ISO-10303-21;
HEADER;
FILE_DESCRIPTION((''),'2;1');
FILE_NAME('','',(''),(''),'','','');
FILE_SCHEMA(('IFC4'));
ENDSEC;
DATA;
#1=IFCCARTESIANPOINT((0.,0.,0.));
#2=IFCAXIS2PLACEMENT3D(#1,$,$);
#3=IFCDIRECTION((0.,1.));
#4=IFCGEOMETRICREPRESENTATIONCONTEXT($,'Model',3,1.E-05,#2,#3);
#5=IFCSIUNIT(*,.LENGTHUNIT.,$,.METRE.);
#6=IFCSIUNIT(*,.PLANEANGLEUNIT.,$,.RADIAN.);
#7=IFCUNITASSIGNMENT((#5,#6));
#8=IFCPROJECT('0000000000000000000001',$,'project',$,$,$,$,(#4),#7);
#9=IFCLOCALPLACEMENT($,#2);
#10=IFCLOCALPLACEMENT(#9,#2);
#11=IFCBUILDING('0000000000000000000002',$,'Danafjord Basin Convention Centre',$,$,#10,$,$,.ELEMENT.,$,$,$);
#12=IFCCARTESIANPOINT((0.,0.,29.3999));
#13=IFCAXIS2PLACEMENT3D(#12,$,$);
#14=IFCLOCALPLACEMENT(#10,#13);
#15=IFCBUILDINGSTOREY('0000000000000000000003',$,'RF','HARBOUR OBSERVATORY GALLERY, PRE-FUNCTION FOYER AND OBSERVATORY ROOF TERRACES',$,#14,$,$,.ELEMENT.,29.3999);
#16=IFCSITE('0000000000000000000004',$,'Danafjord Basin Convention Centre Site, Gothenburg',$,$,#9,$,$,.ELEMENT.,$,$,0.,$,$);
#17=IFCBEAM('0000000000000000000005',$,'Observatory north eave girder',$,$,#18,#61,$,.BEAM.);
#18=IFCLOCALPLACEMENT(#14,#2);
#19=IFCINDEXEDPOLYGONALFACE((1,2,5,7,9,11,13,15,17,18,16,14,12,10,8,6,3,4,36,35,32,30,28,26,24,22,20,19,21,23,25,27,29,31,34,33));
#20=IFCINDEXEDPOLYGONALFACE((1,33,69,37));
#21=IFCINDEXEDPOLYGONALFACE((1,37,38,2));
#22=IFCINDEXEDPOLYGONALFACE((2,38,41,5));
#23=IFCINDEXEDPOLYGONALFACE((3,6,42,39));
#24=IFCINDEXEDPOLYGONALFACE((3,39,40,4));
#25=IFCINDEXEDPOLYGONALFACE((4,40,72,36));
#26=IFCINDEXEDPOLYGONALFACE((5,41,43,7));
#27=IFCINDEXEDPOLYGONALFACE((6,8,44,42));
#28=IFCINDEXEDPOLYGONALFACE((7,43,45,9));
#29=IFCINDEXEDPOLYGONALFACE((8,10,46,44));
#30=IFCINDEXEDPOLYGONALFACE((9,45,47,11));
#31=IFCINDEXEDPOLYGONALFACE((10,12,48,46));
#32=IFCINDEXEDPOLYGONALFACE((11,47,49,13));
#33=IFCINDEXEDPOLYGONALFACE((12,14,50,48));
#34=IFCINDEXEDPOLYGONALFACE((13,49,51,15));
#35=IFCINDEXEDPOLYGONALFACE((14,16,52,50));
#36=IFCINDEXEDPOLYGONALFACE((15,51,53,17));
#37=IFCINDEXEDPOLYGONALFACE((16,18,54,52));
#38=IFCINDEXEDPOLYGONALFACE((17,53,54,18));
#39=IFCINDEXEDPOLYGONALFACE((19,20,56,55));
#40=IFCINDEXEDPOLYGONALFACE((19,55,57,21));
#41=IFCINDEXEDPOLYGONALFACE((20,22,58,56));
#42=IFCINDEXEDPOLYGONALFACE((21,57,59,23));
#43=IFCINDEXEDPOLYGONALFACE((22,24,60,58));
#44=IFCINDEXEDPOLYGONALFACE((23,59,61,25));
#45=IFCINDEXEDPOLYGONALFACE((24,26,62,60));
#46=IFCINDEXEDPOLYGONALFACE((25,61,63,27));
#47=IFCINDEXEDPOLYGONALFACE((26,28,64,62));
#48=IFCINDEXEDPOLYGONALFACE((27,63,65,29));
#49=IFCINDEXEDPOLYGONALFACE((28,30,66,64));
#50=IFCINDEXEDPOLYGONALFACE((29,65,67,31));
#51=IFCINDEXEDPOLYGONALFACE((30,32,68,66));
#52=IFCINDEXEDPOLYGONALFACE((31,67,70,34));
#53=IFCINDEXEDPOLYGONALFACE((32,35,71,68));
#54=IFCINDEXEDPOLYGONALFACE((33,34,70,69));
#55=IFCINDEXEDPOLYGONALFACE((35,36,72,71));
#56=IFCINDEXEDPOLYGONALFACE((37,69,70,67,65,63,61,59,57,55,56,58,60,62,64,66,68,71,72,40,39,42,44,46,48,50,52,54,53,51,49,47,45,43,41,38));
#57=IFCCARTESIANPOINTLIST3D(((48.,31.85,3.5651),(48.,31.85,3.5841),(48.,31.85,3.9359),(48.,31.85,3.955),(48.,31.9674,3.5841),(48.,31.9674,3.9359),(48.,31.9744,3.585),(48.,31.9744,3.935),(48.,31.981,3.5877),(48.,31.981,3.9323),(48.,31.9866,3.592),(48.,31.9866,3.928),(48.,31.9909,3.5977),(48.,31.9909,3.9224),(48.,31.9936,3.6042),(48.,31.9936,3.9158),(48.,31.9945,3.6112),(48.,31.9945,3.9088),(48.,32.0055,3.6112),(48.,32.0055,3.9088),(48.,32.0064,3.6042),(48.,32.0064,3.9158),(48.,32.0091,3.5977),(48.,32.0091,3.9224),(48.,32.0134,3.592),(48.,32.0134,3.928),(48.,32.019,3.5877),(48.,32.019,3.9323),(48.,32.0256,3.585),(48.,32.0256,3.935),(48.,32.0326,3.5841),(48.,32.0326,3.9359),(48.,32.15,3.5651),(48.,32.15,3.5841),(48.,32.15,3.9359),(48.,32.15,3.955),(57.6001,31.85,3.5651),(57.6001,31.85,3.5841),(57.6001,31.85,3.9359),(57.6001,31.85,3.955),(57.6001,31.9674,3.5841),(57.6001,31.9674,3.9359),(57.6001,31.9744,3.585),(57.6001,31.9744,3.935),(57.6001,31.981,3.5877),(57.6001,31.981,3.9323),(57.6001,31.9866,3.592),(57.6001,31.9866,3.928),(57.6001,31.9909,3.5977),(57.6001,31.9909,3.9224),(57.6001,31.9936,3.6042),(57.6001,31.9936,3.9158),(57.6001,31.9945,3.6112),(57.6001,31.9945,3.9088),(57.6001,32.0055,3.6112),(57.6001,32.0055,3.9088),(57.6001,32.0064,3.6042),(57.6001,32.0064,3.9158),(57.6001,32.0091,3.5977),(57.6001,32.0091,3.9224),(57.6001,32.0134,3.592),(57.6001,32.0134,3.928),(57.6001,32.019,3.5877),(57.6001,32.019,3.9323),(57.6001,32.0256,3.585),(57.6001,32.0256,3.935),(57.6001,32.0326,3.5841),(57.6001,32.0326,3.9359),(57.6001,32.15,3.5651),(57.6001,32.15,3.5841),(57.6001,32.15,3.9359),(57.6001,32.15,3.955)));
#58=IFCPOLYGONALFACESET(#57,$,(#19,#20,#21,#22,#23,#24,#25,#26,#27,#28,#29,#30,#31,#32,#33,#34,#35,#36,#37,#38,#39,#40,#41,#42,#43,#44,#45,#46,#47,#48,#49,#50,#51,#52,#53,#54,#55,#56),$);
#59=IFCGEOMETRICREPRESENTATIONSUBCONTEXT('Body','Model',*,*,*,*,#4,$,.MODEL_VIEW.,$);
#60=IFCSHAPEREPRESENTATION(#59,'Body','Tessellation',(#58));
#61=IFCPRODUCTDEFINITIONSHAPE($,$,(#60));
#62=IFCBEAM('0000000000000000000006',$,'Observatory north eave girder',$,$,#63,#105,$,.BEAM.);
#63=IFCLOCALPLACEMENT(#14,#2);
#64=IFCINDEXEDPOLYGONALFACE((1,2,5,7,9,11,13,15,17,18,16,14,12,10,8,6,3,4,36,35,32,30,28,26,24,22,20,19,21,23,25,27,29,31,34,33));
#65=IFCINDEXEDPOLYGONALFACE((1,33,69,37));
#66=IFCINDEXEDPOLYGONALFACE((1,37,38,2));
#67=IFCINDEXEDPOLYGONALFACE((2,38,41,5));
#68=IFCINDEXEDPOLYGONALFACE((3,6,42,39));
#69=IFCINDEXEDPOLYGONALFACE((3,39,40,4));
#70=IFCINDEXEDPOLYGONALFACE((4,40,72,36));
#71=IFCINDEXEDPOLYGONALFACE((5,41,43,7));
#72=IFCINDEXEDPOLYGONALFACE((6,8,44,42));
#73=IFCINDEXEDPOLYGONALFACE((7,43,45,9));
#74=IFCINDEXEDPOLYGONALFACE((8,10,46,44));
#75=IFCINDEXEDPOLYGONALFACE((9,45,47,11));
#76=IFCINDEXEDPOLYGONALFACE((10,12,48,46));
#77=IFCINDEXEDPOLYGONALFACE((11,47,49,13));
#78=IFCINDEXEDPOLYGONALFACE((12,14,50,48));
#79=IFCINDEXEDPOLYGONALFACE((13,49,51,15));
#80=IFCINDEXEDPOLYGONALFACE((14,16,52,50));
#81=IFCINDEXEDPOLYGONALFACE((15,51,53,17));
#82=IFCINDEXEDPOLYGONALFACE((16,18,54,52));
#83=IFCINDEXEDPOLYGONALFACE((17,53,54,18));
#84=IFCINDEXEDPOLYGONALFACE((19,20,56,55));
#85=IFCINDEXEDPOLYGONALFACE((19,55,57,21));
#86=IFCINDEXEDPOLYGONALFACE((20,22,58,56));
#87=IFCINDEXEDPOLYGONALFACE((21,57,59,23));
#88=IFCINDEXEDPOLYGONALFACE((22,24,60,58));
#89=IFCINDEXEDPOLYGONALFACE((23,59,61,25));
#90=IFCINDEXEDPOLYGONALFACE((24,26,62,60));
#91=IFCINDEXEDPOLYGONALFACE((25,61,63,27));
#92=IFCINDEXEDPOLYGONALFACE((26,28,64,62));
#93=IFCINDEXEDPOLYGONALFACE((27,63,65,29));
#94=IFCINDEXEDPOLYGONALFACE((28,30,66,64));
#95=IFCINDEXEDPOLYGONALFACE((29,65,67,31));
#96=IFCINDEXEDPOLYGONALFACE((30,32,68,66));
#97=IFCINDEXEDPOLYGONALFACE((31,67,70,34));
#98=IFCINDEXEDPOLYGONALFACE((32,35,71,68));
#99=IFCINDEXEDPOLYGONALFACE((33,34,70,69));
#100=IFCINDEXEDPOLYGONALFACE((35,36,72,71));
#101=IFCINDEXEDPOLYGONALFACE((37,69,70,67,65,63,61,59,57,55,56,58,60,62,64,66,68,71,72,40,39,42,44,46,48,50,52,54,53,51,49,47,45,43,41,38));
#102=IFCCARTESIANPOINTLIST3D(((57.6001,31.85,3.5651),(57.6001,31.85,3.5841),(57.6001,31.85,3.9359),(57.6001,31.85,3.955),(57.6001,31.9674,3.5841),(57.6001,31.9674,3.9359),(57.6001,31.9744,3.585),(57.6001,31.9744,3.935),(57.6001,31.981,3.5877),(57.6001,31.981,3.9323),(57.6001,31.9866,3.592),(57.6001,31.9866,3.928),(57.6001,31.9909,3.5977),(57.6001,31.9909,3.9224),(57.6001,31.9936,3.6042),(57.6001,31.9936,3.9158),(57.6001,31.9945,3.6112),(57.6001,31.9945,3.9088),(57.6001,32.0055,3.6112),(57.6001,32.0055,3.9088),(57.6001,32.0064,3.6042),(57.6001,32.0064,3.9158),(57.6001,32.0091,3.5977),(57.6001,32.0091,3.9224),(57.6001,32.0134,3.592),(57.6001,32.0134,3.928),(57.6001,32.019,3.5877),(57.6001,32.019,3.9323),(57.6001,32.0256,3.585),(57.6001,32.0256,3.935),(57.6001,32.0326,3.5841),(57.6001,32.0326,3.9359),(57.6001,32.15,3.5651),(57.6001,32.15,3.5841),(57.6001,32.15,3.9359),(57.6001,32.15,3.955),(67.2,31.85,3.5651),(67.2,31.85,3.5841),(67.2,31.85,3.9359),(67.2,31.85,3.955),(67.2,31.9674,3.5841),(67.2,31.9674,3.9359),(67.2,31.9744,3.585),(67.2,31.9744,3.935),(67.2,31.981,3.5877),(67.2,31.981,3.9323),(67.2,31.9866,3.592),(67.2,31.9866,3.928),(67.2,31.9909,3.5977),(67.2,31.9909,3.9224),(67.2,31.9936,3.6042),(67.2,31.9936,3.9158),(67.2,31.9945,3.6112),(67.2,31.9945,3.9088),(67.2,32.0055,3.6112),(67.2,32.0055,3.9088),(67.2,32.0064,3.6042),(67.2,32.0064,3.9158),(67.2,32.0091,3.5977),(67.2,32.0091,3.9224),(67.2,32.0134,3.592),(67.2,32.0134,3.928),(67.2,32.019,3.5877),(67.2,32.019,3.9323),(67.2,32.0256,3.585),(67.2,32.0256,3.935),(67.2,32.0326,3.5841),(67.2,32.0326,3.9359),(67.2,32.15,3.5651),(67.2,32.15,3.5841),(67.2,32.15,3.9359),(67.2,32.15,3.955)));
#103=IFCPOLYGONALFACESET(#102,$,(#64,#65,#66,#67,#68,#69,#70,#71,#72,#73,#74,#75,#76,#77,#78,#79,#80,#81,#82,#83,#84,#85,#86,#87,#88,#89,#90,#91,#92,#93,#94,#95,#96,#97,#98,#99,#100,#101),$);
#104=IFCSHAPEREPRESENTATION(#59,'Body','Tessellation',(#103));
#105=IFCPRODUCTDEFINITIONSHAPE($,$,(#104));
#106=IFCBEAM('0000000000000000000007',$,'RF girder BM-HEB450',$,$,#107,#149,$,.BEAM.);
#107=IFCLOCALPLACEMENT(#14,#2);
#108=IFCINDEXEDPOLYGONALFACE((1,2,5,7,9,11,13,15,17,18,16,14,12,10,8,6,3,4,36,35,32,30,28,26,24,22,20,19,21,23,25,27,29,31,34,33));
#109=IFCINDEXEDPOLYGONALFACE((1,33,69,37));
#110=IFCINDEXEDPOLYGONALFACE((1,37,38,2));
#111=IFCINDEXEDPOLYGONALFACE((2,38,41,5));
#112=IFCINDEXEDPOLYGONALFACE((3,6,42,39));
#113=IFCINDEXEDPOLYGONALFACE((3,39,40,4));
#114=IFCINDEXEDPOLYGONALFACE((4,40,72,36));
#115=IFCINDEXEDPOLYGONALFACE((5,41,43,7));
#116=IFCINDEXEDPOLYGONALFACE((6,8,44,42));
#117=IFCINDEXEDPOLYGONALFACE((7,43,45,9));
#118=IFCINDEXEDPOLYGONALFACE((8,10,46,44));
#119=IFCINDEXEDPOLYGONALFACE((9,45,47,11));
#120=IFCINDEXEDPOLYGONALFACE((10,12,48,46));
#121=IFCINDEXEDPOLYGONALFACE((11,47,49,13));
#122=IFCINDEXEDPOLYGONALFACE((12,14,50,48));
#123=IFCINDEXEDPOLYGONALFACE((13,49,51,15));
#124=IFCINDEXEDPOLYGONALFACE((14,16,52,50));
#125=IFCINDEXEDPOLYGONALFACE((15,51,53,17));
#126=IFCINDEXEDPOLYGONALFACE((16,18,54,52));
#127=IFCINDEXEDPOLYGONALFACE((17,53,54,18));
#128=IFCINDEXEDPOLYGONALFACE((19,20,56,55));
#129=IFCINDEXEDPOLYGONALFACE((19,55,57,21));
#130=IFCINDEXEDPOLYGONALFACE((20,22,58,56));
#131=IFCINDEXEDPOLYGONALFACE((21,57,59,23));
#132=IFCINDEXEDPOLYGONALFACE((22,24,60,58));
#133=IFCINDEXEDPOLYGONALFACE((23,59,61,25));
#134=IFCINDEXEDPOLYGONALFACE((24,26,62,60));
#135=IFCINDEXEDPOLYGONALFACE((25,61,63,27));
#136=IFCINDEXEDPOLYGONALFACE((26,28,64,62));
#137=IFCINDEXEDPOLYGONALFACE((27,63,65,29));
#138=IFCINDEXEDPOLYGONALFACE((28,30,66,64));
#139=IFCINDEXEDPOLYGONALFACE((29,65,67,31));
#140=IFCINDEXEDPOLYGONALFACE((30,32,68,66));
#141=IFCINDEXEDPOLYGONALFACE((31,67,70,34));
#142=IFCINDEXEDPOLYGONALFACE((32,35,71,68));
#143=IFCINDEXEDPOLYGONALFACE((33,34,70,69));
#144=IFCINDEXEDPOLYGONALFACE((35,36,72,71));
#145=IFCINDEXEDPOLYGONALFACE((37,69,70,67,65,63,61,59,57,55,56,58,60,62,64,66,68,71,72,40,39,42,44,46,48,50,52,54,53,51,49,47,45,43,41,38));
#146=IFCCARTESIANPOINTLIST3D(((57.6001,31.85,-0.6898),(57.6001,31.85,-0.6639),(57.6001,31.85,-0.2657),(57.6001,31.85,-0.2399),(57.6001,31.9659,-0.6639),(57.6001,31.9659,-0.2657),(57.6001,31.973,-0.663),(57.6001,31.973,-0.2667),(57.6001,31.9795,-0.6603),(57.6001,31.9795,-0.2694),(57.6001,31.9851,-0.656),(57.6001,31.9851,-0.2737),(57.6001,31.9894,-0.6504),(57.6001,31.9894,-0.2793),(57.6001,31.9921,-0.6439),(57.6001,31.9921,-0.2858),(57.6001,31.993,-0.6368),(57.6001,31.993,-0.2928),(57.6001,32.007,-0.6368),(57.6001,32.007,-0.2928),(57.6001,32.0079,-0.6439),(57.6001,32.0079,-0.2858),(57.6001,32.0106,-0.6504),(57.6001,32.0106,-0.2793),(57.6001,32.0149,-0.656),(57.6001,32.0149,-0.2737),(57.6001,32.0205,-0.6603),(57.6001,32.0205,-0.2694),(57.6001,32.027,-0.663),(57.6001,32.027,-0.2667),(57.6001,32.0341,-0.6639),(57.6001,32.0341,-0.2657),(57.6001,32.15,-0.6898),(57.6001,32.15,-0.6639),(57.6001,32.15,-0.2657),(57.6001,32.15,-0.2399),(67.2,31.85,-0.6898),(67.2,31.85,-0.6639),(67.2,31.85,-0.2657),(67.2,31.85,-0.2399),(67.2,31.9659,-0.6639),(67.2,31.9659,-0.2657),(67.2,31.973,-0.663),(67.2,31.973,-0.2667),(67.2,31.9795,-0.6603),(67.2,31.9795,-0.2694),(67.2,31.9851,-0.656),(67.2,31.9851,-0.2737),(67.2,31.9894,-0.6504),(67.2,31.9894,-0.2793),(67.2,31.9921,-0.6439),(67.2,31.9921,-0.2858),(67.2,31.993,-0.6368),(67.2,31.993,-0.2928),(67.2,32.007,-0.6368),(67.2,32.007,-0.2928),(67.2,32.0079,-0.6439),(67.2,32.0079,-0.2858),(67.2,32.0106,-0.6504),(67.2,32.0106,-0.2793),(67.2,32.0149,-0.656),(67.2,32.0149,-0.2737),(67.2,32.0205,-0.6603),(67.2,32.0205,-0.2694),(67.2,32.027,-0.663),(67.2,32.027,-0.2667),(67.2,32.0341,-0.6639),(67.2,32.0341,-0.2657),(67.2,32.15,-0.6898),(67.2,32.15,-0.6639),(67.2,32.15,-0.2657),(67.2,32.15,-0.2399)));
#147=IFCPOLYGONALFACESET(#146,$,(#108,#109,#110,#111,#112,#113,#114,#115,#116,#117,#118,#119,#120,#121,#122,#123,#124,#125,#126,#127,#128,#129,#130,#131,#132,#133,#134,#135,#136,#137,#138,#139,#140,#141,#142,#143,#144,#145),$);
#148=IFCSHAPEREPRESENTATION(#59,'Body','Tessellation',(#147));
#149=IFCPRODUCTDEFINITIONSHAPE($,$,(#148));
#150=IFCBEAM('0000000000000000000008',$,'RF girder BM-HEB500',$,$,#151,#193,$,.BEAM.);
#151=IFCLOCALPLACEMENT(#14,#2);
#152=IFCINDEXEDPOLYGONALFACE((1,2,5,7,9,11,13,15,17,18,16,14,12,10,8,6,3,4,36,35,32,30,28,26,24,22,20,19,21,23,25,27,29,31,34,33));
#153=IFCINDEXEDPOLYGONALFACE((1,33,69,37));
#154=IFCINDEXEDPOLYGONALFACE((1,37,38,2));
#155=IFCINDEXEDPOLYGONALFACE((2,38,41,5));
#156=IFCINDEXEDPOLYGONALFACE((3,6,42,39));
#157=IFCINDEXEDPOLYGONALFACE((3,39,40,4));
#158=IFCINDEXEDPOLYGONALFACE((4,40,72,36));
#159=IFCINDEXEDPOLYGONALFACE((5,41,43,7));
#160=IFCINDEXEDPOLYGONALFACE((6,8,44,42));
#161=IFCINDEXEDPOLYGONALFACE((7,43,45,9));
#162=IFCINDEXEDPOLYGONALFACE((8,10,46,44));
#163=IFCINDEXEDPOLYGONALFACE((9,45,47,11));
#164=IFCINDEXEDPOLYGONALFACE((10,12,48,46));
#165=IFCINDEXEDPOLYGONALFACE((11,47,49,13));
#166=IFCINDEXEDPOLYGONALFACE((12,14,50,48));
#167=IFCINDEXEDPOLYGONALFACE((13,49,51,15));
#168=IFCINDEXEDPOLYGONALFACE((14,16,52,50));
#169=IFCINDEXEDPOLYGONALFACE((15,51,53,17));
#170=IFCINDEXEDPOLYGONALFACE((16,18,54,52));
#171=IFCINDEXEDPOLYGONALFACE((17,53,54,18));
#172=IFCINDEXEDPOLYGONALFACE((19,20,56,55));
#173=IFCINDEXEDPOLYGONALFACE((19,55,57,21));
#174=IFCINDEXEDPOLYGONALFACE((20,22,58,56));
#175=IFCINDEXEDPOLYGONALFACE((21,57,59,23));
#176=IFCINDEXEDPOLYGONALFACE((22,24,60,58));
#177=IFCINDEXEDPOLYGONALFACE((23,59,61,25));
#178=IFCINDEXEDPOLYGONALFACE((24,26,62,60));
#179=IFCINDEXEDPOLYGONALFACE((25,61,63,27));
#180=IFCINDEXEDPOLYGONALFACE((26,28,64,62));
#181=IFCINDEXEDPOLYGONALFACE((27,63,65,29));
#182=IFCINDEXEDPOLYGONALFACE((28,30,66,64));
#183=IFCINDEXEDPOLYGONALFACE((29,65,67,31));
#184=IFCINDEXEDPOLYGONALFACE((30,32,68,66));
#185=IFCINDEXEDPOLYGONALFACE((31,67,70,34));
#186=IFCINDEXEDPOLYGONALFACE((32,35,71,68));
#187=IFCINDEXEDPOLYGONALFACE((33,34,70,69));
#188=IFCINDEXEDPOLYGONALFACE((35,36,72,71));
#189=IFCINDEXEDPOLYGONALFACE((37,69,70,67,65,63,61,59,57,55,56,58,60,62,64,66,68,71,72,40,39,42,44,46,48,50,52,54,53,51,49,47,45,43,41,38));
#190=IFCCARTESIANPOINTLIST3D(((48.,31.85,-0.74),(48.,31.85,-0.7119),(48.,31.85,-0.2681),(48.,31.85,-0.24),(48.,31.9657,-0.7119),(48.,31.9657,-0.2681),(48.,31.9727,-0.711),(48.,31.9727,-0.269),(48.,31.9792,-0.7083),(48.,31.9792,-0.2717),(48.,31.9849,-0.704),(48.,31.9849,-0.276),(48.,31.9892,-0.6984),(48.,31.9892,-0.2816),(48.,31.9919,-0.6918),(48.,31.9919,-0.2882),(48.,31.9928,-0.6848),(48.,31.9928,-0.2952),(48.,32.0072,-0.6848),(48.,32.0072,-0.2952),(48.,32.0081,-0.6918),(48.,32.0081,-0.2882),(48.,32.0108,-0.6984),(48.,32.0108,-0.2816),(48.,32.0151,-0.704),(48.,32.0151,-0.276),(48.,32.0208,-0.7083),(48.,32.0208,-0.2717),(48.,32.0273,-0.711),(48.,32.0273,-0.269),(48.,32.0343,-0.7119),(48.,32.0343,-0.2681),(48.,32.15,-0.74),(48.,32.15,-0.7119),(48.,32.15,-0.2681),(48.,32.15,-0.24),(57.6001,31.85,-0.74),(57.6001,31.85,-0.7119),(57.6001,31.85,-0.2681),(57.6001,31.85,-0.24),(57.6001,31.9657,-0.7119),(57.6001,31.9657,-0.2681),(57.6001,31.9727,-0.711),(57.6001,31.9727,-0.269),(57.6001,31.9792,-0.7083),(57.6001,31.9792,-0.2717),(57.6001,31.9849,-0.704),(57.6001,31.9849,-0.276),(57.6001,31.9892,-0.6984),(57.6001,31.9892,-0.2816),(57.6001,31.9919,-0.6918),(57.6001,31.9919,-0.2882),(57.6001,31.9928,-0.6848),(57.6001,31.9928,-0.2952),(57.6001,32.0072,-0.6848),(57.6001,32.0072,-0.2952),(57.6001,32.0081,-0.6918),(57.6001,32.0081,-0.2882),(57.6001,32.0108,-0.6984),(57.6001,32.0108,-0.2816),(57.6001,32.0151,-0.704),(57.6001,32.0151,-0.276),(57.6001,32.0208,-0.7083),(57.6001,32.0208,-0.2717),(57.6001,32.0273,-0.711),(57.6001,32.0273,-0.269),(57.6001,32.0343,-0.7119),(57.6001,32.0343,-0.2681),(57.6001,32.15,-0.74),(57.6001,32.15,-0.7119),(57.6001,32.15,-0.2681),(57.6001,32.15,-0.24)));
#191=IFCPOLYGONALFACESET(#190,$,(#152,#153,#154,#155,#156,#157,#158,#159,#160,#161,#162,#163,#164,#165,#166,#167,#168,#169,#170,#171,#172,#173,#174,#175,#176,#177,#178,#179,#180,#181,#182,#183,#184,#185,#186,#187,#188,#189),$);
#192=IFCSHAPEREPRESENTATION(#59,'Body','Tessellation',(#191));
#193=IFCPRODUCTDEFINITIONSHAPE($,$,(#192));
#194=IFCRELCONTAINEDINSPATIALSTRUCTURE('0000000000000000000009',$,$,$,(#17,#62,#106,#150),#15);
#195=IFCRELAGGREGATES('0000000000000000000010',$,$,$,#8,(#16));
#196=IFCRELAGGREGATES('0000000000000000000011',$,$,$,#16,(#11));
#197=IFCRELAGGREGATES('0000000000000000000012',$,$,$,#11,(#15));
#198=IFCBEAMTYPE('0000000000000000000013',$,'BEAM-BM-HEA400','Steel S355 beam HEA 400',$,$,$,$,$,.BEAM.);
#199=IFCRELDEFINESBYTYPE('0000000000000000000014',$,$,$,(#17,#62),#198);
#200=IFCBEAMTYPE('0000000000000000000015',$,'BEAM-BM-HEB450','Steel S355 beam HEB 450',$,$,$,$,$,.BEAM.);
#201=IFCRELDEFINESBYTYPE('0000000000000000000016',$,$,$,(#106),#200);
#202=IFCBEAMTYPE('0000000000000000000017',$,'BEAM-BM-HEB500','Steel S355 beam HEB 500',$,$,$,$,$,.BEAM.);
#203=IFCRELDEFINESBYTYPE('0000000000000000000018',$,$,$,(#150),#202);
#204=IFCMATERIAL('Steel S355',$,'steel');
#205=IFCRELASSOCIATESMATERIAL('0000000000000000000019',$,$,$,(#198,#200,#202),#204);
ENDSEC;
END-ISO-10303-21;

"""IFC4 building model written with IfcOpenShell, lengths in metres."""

from ifc_helpers import new_model, si_unit, direction, frame, origin, origin_2d, place, context, subcontext, project, spatial, i_section, extrude, material, material_profile, profile_set, type_object, element, save


model = new_model("IFC4")

# Units and contexts
model_context = context("Model", 3, precision=1e-05, world=origin(), true_north=direction((0.0, 1.0)))
body_context = subcontext(model_context, "Body", "Model", "MODEL_VIEW")
ifc_project = project(units=[si_unit("LENGTHUNIT", "METRE"), si_unit("PLANEANGLEUNIT", "RADIAN")], contexts=[model_context])

# Site, building, storey
site_placement = place(None, origin())
site = spatial("IfcSite", under=ifc_project, at=site_placement, Name="Danafjord Basin Convention Centre Site, Gothenburg", CompositionType="ELEMENT", RefElevation=0.0)
building_placement = place(site_placement, origin())
building = spatial("IfcBuilding", under=site, at=building_placement, Name="Danafjord Basin Convention Centre", CompositionType="ELEMENT")
storey_placement = place(building_placement, frame((0.0, 0.0, 29.3999)))
storey = spatial("IfcBuildingStorey", under=building, at=storey_placement, Name="RF", Description="HARBOUR OBSERVATORY GALLERY, PRE-FUNCTION FOYER AND OBSERVATORY ROOF TERRACES", CompositionType="ELEMENT", Elevation=29.3999)

# Shared definitions
ifc_material_1 = material(Name="Steel S355", Category="steel")

# Beams
ifc_material_profile_1 = material_profile(ifc_material_1, i_section(OverallWidth=0.3, OverallDepth=0.3899, WebThickness=0.011, FlangeThickness=0.019, FilletRadius=0.0271, at=origin_2d()), Name="HEA 400")
ifc_profile_set_1 = profile_set([ifc_material_profile_1], Name="Steel S355")
beam_type_1 = type_object("IfcBeamType", Name="BEAM-BM-HEA400", Description="Steel S355 beam HEA 400", PredefinedType="BEAM", material=ifc_profile_set_1)
for number, where, z_axis, x_axis, name in (
    (1, (48.0, 32.0, 3.76), (1.0, 0.0, 0.0), (0.0, 1.0, 0.0), "Observatory north eave girder"),
):
    element("IfcBeam", number, at=place(storey_placement, frame(where, z_axis=z_axis, x_axis=x_axis)), inside=storey, type_object=beam_type_1, Name=name, PredefinedType="BEAM", context=body_context, shape_type="SweptSolid", body=[
        extrude(i_section(OverallWidth=0.3, OverallDepth=0.3899, WebThickness=0.011, FlangeThickness=0.019, FilletRadius=0.0271, at=origin_2d()), origin(), (0.0, 0.0, 1.0), 9.6001),
    ])
beam_1_placement = place(storey_placement, frame((57.6001, 32.0, 3.76), z_axis=(1.0, 0.0, 0.0), x_axis=(0.0, 1.0, 0.0)))
element("IfcBeam", 2, at=beam_1_placement, inside=storey, type_object=beam_type_1, Name="Observatory north eave girder", PredefinedType="BEAM", context=body_context, shape_type="SweptSolid", body=[
    extrude(i_section(OverallWidth=0.3, OverallDepth=0.3899, WebThickness=0.011, FlangeThickness=0.019, FilletRadius=0.0271, at=origin_2d()), origin(), (0.0, 0.0, 1.0), 9.5999),
])
ifc_material_profile_2 = material_profile(ifc_material_1, i_section(OverallWidth=0.3, OverallDepth=0.45, WebThickness=0.0139, FlangeThickness=0.0259, FilletRadius=0.0271, at=origin_2d()), Name="HEB 450")
ifc_profile_set_2 = profile_set([ifc_material_profile_2], Name="Steel S355")
beam_type_2 = type_object("IfcBeamType", Name="BEAM-BM-HEB450", Description="Steel S355 beam HEB 450", PredefinedType="BEAM", material=ifc_profile_set_2)
beam_2_placement = place(storey_placement, frame((57.6001, 32.0, -0.4648), z_axis=(1.0, 0.0, 0.0), x_axis=(0.0, 1.0, 0.0)))
element("IfcBeam", 3, at=beam_2_placement, inside=storey, type_object=beam_type_2, Name="RF girder BM-HEB450", PredefinedType="BEAM", context=body_context, shape_type="SweptSolid", body=[
    extrude(i_section(OverallWidth=0.3, OverallDepth=0.45, WebThickness=0.0139, FlangeThickness=0.0259, FilletRadius=0.0271, at=origin_2d()), origin(), (0.0, 0.0, 1.0), 9.5999),
])
ifc_material_profile_3 = material_profile(ifc_material_1, i_section(OverallWidth=0.3, OverallDepth=0.5, WebThickness=0.0144, FlangeThickness=0.0281, FilletRadius=0.0271, at=origin_2d()), Name="HEB 500")
ifc_profile_set_3 = profile_set([ifc_material_profile_3], Name="Steel S355")
beam_type_3 = type_object("IfcBeamType", Name="BEAM-BM-HEB500", Description="Steel S355 beam HEB 500", PredefinedType="BEAM", material=ifc_profile_set_3)
beam_3_placement = place(storey_placement, frame((48.0, 32.0, -0.49), z_axis=(1.0, 0.0, 0.0), x_axis=(0.0, 1.0, 0.0)))
element("IfcBeam", 4, at=beam_3_placement, inside=storey, type_object=beam_type_3, Name="RF girder BM-HEB500", PredefinedType="BEAM", context=body_context, shape_type="SweptSolid", body=[
    extrude(i_section(OverallWidth=0.3, OverallDepth=0.5, WebThickness=0.0144, FlangeThickness=0.0281, FilletRadius=0.0271, at=origin_2d()), origin(), (0.0, 0.0, 1.0), 9.6001),
])

save(model, "model.ifc")
